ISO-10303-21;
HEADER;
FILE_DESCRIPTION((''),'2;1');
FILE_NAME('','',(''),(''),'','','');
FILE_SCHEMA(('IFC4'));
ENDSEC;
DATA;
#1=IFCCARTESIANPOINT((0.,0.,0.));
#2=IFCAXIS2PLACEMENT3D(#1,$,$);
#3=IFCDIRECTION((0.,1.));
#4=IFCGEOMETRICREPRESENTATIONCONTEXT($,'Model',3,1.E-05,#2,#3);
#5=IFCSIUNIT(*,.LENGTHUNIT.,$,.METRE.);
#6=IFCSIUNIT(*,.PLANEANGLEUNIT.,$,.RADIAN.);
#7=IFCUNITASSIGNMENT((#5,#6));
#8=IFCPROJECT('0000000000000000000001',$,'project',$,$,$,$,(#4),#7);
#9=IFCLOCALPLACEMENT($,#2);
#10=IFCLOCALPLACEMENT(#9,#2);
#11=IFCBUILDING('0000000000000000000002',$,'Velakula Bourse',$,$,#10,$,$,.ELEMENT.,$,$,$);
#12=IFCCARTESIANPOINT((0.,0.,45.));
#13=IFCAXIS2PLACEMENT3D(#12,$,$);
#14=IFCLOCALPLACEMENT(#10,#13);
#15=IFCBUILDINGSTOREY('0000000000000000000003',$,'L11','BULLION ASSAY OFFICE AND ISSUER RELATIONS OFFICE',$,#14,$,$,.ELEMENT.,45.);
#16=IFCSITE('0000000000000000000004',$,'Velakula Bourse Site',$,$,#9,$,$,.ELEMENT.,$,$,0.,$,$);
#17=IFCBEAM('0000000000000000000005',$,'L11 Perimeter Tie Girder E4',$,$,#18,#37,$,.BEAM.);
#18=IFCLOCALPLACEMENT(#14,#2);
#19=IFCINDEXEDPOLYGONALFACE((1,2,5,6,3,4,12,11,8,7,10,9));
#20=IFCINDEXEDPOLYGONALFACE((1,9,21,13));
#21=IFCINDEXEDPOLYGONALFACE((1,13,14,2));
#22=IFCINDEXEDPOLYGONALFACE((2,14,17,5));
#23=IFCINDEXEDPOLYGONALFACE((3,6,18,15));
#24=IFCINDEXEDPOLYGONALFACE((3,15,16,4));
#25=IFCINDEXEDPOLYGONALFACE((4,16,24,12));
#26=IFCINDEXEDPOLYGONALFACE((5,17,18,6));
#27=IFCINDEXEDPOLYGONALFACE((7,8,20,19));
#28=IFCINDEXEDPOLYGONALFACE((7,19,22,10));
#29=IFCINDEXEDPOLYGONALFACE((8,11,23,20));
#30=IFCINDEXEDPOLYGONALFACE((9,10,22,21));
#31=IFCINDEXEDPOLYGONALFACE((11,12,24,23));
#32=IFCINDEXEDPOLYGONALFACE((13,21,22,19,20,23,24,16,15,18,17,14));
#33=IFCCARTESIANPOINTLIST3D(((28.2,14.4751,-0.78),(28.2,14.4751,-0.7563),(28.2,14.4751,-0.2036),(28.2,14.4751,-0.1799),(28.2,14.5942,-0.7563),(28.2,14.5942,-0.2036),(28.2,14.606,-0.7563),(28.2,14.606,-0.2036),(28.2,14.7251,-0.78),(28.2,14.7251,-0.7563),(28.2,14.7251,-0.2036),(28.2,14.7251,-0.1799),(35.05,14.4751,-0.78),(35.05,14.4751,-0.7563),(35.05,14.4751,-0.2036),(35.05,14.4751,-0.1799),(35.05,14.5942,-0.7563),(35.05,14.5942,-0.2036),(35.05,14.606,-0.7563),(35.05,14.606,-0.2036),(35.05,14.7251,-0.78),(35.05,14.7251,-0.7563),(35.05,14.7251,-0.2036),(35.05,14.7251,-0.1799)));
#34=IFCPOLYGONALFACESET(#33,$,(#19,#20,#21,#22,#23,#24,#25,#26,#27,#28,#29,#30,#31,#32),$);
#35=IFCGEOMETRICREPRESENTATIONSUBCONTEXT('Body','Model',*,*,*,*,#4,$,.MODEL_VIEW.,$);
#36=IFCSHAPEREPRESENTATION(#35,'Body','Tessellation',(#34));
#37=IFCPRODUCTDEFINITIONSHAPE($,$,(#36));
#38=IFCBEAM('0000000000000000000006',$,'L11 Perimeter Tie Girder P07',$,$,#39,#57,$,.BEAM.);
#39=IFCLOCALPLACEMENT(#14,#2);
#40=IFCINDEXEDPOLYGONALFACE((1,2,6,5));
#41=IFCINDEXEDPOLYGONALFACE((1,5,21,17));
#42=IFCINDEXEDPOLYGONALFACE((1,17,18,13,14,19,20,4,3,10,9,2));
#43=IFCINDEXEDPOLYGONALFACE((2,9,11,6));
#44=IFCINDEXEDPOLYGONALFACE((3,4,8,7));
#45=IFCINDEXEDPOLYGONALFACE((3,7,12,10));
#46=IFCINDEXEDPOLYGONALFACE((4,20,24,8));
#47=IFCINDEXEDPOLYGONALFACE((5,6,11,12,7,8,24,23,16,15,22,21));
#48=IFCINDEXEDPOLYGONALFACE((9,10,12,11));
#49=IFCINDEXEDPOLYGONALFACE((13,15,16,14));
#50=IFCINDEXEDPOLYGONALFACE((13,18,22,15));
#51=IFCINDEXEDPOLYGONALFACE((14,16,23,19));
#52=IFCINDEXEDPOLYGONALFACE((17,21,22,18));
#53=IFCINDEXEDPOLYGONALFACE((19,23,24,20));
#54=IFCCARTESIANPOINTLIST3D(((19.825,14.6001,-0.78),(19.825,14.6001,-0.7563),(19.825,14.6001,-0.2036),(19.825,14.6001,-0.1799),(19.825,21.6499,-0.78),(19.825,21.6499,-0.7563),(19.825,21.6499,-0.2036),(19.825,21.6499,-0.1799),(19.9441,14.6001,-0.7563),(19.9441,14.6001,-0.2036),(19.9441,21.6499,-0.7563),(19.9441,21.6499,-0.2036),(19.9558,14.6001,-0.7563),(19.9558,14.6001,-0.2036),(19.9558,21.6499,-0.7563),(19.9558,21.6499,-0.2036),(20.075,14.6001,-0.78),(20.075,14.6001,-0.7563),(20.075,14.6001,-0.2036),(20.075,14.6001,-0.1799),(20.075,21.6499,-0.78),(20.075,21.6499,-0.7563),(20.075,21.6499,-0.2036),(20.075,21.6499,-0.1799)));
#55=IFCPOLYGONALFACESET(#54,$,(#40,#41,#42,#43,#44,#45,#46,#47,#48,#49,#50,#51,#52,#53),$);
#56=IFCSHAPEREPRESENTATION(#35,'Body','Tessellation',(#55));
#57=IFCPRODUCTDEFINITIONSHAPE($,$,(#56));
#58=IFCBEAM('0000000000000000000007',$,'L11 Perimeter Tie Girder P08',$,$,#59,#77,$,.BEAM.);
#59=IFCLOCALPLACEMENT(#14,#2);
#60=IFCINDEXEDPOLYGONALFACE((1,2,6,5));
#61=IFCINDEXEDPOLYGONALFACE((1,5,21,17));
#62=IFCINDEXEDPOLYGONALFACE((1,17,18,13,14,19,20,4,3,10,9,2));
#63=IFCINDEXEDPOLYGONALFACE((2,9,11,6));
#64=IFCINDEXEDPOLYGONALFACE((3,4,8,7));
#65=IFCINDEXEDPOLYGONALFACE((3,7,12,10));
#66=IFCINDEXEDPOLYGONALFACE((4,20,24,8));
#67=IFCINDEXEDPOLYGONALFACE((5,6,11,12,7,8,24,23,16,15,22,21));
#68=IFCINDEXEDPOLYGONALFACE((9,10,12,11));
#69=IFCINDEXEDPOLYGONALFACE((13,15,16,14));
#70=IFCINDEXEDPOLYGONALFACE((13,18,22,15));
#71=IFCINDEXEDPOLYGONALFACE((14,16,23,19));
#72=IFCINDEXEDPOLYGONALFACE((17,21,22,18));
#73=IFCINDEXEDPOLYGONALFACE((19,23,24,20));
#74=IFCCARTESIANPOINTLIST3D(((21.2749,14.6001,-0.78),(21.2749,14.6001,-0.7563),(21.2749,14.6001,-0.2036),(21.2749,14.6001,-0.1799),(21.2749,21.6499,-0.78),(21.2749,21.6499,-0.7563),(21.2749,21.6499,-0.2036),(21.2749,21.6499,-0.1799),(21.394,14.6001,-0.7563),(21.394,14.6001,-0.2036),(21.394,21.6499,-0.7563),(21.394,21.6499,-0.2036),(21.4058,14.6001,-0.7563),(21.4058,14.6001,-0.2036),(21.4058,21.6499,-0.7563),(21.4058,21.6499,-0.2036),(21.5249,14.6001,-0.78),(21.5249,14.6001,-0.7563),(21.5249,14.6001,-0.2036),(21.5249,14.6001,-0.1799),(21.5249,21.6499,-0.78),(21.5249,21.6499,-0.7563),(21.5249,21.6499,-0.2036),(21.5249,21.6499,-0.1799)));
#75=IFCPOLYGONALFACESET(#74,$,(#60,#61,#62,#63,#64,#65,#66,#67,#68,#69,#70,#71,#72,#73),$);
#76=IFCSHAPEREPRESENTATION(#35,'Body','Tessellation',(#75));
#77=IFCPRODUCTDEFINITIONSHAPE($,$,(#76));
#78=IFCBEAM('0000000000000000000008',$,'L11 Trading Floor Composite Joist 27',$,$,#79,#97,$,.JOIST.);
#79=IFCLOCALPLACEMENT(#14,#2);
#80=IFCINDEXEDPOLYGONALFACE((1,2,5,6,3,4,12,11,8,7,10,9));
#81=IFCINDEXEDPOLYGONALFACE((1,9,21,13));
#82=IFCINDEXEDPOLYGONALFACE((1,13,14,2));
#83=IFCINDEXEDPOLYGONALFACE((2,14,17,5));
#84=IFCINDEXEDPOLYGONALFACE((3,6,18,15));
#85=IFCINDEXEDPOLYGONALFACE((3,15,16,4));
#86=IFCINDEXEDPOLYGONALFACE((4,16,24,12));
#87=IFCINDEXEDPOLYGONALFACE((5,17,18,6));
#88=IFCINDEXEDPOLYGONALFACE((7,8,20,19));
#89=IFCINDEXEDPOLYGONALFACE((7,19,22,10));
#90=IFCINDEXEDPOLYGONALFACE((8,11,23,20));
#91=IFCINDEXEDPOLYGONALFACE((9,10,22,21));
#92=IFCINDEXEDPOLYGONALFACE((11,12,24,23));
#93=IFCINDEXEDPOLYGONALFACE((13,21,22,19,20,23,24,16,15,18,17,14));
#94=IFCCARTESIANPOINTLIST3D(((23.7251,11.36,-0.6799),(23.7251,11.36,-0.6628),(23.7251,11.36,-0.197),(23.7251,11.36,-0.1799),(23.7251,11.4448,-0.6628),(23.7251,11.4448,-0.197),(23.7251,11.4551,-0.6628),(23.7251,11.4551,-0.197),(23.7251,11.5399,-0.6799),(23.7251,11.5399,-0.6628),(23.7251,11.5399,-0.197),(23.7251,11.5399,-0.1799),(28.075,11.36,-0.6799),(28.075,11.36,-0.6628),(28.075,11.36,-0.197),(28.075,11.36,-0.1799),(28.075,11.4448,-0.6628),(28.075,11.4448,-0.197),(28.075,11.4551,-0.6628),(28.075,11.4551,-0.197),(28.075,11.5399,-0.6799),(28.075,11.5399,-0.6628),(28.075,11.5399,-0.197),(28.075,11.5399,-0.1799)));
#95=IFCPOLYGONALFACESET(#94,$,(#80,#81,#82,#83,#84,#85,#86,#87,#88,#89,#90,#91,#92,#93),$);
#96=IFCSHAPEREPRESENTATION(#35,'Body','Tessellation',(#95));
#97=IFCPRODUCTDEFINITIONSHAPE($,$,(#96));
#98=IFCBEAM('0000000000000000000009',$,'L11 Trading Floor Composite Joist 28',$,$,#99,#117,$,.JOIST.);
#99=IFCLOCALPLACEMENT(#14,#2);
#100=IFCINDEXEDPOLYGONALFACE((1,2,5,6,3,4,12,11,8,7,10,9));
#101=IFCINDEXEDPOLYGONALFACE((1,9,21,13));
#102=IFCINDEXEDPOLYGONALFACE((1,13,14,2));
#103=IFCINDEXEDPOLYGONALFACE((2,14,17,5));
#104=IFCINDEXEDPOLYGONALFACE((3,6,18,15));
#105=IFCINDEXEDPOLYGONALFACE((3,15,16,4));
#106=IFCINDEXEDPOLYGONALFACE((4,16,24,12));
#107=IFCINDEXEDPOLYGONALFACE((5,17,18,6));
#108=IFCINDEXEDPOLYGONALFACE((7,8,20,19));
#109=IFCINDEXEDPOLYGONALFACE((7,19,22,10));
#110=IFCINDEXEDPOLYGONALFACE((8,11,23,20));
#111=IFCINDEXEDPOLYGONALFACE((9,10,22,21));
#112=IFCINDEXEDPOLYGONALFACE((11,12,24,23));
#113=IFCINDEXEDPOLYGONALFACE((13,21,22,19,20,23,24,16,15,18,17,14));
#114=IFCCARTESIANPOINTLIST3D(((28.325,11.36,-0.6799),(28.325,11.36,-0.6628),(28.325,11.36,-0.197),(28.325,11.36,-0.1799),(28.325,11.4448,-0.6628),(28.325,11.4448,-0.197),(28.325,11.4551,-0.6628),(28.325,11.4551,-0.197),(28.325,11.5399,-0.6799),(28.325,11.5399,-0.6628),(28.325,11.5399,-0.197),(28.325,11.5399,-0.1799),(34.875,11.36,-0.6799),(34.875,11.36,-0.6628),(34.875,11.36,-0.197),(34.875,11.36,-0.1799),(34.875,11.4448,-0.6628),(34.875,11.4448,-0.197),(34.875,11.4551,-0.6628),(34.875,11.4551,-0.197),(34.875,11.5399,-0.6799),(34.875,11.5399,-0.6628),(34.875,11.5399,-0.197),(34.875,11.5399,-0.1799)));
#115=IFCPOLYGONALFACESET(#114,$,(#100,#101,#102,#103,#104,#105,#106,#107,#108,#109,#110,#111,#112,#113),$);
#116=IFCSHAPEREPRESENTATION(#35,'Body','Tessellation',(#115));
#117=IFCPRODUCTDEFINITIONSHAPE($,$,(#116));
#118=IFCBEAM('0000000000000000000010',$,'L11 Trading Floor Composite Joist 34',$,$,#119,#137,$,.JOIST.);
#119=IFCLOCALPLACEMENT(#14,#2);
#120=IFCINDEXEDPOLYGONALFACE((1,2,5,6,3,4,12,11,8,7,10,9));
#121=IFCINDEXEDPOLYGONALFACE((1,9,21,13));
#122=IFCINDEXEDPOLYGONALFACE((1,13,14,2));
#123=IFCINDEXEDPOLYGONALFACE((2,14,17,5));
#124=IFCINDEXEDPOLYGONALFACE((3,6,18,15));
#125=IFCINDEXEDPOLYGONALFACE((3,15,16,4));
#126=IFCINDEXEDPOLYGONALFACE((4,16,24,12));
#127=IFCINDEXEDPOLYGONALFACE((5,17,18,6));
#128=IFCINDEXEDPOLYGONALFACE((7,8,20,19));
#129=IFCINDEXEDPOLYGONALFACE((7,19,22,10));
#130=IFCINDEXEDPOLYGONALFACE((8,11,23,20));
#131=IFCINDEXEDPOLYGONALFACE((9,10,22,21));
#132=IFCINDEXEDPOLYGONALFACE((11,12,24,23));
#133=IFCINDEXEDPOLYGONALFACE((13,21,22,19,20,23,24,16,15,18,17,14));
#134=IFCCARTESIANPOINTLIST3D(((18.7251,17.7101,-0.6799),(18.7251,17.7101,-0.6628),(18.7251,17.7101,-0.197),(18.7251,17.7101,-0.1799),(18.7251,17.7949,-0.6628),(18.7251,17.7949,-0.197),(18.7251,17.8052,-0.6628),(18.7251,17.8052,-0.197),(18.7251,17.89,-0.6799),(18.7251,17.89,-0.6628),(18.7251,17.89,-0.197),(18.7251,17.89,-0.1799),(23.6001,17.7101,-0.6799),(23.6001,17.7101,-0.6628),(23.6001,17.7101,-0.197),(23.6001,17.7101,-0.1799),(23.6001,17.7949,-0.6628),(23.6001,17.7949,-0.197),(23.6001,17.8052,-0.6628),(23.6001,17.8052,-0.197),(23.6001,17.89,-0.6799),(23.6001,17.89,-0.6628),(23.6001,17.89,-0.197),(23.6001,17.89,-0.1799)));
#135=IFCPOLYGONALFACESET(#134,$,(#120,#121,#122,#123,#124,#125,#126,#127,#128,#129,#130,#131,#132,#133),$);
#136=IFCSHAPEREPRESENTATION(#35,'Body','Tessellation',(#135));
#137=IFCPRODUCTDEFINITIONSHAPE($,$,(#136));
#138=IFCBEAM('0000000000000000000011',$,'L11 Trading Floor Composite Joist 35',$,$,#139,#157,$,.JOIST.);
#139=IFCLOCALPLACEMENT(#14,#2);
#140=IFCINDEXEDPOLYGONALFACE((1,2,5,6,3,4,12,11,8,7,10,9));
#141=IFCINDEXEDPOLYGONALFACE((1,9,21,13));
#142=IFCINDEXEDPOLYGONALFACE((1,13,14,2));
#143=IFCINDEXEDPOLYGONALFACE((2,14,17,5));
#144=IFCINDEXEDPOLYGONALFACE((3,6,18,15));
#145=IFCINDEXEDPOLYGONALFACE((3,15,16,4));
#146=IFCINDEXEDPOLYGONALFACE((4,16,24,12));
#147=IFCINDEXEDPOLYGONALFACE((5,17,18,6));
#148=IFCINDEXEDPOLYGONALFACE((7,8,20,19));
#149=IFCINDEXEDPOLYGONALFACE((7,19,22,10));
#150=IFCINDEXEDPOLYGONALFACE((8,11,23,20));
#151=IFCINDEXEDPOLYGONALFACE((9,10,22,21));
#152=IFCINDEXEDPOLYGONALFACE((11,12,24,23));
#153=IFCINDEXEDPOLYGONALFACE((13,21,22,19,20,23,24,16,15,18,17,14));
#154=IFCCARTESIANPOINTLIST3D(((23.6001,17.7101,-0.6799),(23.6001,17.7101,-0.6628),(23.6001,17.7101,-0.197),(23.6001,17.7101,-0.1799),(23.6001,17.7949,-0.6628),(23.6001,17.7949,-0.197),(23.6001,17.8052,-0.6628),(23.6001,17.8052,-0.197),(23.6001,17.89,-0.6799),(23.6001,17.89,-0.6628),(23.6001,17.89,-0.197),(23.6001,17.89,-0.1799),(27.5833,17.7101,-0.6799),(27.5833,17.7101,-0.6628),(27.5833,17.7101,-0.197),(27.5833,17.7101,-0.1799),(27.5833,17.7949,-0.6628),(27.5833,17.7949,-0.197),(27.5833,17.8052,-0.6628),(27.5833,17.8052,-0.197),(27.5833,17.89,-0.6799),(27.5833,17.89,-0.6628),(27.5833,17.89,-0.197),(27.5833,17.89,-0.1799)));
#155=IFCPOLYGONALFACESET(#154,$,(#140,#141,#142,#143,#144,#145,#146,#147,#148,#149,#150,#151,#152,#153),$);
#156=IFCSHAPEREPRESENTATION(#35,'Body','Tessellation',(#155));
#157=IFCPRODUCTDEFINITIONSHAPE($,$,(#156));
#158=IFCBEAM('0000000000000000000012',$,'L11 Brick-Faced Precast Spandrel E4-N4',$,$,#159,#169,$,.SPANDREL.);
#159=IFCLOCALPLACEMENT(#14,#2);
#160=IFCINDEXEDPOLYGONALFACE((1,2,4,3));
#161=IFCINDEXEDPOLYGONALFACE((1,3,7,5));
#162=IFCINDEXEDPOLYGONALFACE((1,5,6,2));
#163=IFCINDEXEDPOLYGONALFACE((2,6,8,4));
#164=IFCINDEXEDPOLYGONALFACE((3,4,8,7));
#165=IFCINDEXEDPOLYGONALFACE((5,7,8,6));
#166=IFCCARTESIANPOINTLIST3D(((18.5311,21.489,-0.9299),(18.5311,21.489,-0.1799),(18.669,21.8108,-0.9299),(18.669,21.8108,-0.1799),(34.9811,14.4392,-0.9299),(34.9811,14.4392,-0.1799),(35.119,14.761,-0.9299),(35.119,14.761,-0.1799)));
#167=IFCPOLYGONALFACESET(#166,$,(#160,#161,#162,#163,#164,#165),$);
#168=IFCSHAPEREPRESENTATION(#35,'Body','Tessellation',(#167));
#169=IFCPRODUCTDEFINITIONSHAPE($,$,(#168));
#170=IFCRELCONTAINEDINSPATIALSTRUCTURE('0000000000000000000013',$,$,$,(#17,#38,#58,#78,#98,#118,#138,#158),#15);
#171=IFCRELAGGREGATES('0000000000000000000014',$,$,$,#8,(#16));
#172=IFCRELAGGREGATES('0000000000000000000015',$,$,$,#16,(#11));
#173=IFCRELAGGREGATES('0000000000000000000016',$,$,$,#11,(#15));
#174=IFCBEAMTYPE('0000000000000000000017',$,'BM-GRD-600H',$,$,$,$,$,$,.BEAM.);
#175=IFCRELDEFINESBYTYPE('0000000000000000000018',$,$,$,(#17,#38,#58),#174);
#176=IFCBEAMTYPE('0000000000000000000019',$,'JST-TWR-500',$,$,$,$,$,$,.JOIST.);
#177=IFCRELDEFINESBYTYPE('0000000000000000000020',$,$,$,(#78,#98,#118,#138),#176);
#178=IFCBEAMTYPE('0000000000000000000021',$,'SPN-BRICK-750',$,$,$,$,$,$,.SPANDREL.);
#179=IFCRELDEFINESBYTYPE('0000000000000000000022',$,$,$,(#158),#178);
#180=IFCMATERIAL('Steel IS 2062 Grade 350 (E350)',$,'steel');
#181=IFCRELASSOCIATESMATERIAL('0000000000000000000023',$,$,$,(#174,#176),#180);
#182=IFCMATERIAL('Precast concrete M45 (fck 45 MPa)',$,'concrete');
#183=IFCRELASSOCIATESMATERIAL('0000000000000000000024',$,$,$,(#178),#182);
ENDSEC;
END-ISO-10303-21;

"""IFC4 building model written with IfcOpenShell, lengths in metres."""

from ifc_helpers import new_model, si_unit, direction, frame, origin, origin_2d, place, context, subcontext, project, spatial, rectangle, i_section, extrude, material, material_profile, profile_set, type_object, element, save


model = new_model("IFC4")

# Units and contexts
model_context = context("Model", 3, precision=1e-05, world=origin(), true_north=direction((0.0, 1.0)))
body_context = subcontext(model_context, "Body", "Model", "MODEL_VIEW")
ifc_project = project(units=[si_unit("LENGTHUNIT", "METRE"), si_unit("PLANEANGLEUNIT", "RADIAN")], contexts=[model_context])

# Site, building, storey
site_placement = place(None, origin())
site = spatial("IfcSite", under=ifc_project, at=site_placement, Name="Velakula Bourse Site", CompositionType="ELEMENT", RefElevation=0.0)
building_placement = place(site_placement, origin())
building = spatial("IfcBuilding", under=site, at=building_placement, Name="Velakula Bourse", CompositionType="ELEMENT")
storey_placement = place(building_placement, frame((0.0, 0.0, 45.0)))
storey = spatial("IfcBuildingStorey", under=building, at=storey_placement, Name="L11", Description="BULLION ASSAY OFFICE AND ISSUER RELATIONS OFFICE", CompositionType="ELEMENT", Elevation=45.0)

# Shared definitions
ifc_material_1 = material(Name="Precast concrete M45 (fck 45 MPa)", Category="concrete")

# Beams
ifc_material_2 = material(Name="Steel IS 2062 Grade 350 (E350)", Category="steel")
ifc_material_profile_1 = material_profile(ifc_material_2, i_section(OverallWidth=0.25, OverallDepth=0.6001, WebThickness=0.0117, FlangeThickness=0.0237, at=origin_2d()), Name="Steel IS 2062 Grade 350 (E350)")
ifc_profile_set_1 = profile_set([ifc_material_profile_1], Name="Steel IS 2062 Grade 350 (E350)")
beam_type_1 = type_object("IfcBeamType", Name="BM-GRD-600H", PredefinedType="BEAM", material=ifc_profile_set_1)
beam_1_placement = place(storey_placement, frame((28.2, 14.6001, -0.48), z_axis=(1.0, 0.0, 0.0), x_axis=(0.0, 1.0, 0.0)))
element("IfcBeam", 1, at=beam_1_placement, inside=storey, type_object=beam_type_1, Name="L11 Perimeter Tie Girder E4", PredefinedType="BEAM", context=body_context, shape_type="SweptSolid", body=[
    extrude(i_section(OverallWidth=0.25, OverallDepth=0.6001, WebThickness=0.0117, FlangeThickness=0.0237, at=origin_2d()), origin(), (0.0, 0.0, 1.0), 6.8501),
])
for number, where, z_axis, x_axis, name in (
    (2, (19.95, 14.6001, -0.48), (0.0, 1.0, 0.0), (-1.0, 0.0, 0.0), "L11 Perimeter Tie Girder P07"),
    (3, (21.3999, 14.6001, -0.48), (0.0, 1.0, 0.0), (-1.0, 0.0, 0.0), "L11 Perimeter Tie Girder P08"),
):
    element("IfcBeam", number, at=place(storey_placement, frame(where, z_axis=z_axis, x_axis=x_axis)), inside=storey, type_object=beam_type_1, Name=name, PredefinedType="BEAM", context=body_context, shape_type="SweptSolid", body=[
        extrude(i_section(OverallWidth=0.25, OverallDepth=0.6001, WebThickness=0.0117, FlangeThickness=0.0237, at=origin_2d()), origin(), (0.0, 0.0, 1.0), 7.0498),
    ])
ifc_material_profile_2 = material_profile(ifc_material_2, i_section(OverallWidth=0.1799, OverallDepth=0.5, WebThickness=0.0103, FlangeThickness=0.0171, at=origin_2d()), Name="Steel IS 2062 Grade 350 (E350)")
ifc_profile_set_2 = profile_set([ifc_material_profile_2], Name="Steel IS 2062 Grade 350 (E350)")
beam_type_2 = type_object("IfcBeamType", Name="JST-TWR-500", PredefinedType="JOIST", material=ifc_profile_set_2)
beam_2_placement = place(storey_placement, frame((23.7251, 11.45, -0.4299), z_axis=(1.0, 0.0, 0.0), x_axis=(0.0, 1.0, 0.0)))
element("IfcBeam", 4, at=beam_2_placement, inside=storey, type_object=beam_type_2, Name="L11 Trading Floor Composite Joist 27", PredefinedType="JOIST", context=body_context, shape_type="SweptSolid", body=[
    extrude(i_section(OverallWidth=0.1799, OverallDepth=0.5, WebThickness=0.0103, FlangeThickness=0.0171, at=origin_2d()), origin(), (0.0, 0.0, 1.0), 4.3499),
])
beam_3_placement = place(storey_placement, frame((28.325, 11.45, -0.4299), z_axis=(1.0, 0.0, 0.0), x_axis=(0.0, 1.0, 0.0)))
element("IfcBeam", 5, at=beam_3_placement, inside=storey, type_object=beam_type_2, Name="L11 Trading Floor Composite Joist 28", PredefinedType="JOIST", context=body_context, shape_type="SweptSolid", body=[
    extrude(i_section(OverallWidth=0.1799, OverallDepth=0.5, WebThickness=0.0103, FlangeThickness=0.0171, at=origin_2d()), origin(), (0.0, 0.0, 1.0), 6.55),
])
beam_4_placement = place(storey_placement, frame((18.7251, 17.8, -0.4299), z_axis=(1.0, 0.0, 0.0), x_axis=(0.0, 1.0, 0.0)))
element("IfcBeam", 6, at=beam_4_placement, inside=storey, type_object=beam_type_2, Name="L11 Trading Floor Composite Joist 34", PredefinedType="JOIST", context=body_context, shape_type="SweptSolid", body=[
    extrude(i_section(OverallWidth=0.1799, OverallDepth=0.5, WebThickness=0.0103, FlangeThickness=0.0171, at=origin_2d()), origin(), (0.0, 0.0, 1.0), 4.875),
])
beam_5_placement = place(storey_placement, frame((23.6001, 17.8, -0.4299), z_axis=(1.0, 0.0, 0.0), x_axis=(0.0, 1.0, 0.0)))
element("IfcBeam", 7, at=beam_5_placement, inside=storey, type_object=beam_type_2, Name="L11 Trading Floor Composite Joist 35", PredefinedType="JOIST", context=body_context, shape_type="SweptSolid", body=[
    extrude(i_section(OverallWidth=0.1799, OverallDepth=0.5, WebThickness=0.0103, FlangeThickness=0.0171, at=origin_2d()), origin(), (0.0, 0.0, 1.0), 3.9832),
])
ifc_material_profile_3 = material_profile(ifc_material_1, rectangle(XDim=0.3501, YDim=0.75, at=origin_2d()), Name="Precast concrete M45 (fck 45 MPa)")
ifc_profile_set_3 = profile_set([ifc_material_profile_3], Name="Precast concrete M45 (fck 45 MPa)")
beam_type_3 = type_object("IfcBeamType", Name="SPN-BRICK-750", PredefinedType="SPANDREL", material=ifc_profile_set_3)
beam_6_placement = place(storey_placement, frame((35.05, 14.6001, -0.5549), z_axis=(-0.919149, 0.393911, 0.0), x_axis=(-0.393911, -0.919149, 0.0)))
element("IfcBeam", 8, at=beam_6_placement, inside=storey, type_object=beam_type_3, Name="L11 Brick-Faced Precast Spandrel E4-N4", PredefinedType="SPANDREL", context=body_context, shape_type="SweptSolid", body=[
    extrude(rectangle(XDim=0.3501, YDim=0.75, at=origin_2d()), origin(), (0.0, 0.0, 1.0), 17.897),
])

save(model, "model.ifc")
